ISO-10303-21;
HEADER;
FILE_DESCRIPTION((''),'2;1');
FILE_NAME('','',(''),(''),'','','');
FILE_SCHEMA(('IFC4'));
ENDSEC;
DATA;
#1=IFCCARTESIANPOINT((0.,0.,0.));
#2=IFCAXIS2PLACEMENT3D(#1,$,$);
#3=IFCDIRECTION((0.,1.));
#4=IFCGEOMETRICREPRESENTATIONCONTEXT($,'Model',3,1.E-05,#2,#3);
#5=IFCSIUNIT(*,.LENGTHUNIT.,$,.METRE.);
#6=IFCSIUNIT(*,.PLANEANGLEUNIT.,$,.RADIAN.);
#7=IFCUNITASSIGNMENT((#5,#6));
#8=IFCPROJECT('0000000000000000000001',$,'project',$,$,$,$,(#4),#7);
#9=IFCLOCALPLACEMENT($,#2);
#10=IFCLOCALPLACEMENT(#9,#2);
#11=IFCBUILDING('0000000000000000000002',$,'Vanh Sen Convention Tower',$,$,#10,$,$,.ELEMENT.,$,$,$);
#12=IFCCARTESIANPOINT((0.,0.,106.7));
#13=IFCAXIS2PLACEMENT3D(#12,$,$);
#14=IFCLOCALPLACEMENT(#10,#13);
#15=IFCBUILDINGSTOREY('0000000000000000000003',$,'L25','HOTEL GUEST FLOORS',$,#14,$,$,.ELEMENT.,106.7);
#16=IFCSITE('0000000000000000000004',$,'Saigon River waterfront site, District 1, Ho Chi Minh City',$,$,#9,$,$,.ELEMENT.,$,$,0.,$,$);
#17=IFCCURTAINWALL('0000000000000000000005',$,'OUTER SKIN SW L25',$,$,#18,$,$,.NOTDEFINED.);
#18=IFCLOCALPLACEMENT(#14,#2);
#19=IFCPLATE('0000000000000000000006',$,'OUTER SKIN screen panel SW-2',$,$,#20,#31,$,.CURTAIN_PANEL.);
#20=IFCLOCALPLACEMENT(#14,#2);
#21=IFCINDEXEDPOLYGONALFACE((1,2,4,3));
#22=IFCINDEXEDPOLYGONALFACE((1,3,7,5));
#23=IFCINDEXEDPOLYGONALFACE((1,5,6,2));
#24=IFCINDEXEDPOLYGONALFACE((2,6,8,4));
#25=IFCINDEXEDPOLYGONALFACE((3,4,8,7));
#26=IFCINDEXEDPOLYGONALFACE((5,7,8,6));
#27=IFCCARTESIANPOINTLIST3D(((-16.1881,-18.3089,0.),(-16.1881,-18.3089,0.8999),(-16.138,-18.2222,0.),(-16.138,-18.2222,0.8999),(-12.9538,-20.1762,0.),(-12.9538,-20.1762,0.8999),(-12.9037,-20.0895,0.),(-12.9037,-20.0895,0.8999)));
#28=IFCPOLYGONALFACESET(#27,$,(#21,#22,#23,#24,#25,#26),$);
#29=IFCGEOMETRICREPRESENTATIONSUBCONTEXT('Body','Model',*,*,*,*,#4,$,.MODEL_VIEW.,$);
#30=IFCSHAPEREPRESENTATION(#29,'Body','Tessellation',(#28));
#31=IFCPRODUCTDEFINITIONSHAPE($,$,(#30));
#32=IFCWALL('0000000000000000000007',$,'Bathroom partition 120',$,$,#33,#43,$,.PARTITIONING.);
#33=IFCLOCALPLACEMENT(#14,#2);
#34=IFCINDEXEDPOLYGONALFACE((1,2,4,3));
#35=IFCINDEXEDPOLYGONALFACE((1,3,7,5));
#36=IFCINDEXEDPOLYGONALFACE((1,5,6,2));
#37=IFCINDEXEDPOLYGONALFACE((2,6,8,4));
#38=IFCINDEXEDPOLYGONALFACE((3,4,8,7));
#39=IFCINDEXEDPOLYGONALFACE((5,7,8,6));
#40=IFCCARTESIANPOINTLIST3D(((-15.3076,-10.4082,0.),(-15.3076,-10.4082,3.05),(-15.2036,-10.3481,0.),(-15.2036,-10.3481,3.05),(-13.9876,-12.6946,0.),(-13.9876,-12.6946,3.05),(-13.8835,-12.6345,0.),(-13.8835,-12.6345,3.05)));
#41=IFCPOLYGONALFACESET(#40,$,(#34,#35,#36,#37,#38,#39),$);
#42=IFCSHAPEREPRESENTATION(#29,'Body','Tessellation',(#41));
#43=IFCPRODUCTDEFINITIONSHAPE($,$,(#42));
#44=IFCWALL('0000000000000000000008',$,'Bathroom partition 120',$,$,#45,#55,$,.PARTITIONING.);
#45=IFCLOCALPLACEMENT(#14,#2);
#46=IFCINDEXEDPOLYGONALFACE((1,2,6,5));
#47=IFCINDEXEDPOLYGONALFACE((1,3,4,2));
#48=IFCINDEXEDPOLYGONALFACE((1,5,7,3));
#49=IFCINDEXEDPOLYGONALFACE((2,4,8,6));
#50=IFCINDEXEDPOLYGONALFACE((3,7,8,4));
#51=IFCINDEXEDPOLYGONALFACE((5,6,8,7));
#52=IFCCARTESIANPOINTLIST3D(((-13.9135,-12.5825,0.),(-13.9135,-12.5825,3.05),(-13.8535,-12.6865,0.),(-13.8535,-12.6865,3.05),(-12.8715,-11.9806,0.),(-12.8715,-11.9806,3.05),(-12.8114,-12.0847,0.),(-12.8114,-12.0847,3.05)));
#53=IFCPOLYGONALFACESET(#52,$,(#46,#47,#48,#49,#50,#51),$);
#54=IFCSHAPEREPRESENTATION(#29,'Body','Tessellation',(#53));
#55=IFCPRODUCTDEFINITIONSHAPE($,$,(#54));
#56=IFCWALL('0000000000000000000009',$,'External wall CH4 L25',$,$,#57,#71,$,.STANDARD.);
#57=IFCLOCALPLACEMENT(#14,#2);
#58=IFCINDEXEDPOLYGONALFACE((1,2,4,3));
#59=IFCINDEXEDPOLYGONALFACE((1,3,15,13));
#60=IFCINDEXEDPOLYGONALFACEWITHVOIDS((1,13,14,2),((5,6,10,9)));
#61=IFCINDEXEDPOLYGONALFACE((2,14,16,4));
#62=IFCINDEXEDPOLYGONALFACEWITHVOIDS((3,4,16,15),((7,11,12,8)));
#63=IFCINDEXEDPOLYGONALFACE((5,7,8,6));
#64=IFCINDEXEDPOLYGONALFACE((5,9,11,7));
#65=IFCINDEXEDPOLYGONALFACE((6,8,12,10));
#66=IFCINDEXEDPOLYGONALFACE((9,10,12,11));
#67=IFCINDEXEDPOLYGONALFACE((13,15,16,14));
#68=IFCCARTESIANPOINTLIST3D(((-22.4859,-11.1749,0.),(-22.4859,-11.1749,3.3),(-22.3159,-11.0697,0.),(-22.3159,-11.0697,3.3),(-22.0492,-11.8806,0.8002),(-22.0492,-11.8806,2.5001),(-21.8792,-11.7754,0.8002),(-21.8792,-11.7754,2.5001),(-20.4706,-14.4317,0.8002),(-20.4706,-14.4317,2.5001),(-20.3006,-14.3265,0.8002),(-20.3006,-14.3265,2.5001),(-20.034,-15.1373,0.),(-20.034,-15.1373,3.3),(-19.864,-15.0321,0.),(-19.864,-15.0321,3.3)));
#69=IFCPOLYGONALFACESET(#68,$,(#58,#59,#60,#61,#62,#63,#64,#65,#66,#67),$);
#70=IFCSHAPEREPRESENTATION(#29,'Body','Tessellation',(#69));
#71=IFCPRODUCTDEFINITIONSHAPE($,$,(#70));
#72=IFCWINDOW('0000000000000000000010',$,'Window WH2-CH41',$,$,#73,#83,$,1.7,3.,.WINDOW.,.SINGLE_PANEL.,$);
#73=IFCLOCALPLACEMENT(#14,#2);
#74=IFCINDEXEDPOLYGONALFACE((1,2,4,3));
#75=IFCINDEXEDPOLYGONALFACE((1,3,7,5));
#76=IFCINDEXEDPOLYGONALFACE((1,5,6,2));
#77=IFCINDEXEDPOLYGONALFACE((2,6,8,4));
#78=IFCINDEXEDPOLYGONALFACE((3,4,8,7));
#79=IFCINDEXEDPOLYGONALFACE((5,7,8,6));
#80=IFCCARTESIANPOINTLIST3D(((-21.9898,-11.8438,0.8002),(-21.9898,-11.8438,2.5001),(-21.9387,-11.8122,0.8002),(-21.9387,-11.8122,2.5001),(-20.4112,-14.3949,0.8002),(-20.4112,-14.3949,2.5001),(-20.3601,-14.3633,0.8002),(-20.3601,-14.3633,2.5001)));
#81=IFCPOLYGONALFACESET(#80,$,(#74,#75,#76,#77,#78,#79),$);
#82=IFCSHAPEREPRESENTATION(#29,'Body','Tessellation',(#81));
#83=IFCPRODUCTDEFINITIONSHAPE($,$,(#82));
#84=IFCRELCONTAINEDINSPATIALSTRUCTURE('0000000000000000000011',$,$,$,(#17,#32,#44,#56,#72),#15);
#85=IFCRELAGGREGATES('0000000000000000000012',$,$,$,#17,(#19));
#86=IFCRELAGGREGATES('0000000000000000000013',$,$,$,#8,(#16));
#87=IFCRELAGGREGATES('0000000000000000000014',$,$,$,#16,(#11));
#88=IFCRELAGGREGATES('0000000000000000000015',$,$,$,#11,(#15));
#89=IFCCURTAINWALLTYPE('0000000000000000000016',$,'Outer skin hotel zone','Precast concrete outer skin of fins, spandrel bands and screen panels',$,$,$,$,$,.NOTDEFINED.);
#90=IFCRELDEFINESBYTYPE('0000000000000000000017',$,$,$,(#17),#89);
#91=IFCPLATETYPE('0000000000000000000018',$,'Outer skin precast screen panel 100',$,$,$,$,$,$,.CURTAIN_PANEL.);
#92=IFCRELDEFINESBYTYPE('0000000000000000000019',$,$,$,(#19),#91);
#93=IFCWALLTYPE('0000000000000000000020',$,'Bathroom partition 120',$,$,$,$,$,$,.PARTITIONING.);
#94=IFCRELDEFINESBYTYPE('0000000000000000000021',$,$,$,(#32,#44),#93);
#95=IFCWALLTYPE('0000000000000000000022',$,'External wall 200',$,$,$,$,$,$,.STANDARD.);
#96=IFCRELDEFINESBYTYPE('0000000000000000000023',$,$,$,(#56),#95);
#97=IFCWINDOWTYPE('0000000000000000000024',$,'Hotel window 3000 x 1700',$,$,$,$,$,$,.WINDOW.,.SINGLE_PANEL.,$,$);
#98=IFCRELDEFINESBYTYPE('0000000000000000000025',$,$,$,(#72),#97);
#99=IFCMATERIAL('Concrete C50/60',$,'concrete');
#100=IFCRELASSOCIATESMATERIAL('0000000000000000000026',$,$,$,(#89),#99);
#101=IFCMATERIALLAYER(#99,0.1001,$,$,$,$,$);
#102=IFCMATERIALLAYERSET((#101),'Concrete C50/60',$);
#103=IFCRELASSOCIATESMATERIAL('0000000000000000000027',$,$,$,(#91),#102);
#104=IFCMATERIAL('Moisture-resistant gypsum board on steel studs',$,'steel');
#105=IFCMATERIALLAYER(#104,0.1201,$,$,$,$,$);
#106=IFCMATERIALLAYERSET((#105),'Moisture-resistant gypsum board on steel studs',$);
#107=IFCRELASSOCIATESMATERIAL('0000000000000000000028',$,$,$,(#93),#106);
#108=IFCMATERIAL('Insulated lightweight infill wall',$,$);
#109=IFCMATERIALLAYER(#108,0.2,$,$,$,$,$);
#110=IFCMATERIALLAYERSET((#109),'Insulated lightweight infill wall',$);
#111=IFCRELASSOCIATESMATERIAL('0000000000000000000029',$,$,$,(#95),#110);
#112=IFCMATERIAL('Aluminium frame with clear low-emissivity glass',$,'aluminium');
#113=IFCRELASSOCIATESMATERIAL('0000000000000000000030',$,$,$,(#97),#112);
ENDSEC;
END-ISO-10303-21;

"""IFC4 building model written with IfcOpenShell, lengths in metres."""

from ifc_helpers import new_model, si_unit, direction, frame, frame_2d, origin, origin_2d, place, context, subcontext, project, spatial, rectangle, extrude, material, layer, layer_set, type_object, element, fill, aggregate, save


model = new_model("IFC4")

# Units and contexts
model_context = context("Model", 3, precision=1e-05, world=origin(), true_north=direction((0.0, 1.0)))
body_context = subcontext(model_context, "Body", "Model", "MODEL_VIEW")
ifc_project = project(units=[si_unit("LENGTHUNIT", "METRE"), si_unit("PLANEANGLEUNIT", "RADIAN")], contexts=[model_context])

# Site, building, storey
site_placement = place(None, origin())
site = spatial("IfcSite", under=ifc_project, at=site_placement, Name="Saigon River waterfront site, District 1, Ho Chi Minh City", CompositionType="ELEMENT", RefElevation=0.0)
building_placement = place(site_placement, origin())
building = spatial("IfcBuilding", under=site, at=building_placement, Name="Vanh Sen Convention Tower", CompositionType="ELEMENT")
storey_placement = place(building_placement, frame((0.0, 0.0, 106.7)))
storey = spatial("IfcBuildingStorey", under=building, at=storey_placement, Name="L25", Description="HOTEL GUEST FLOORS", CompositionType="ELEMENT", Elevation=106.7)

# Curtain wall
ifc_material_1 = material(Name="Concrete C50/60", Category="concrete")
curtain_wall_type = type_object("IfcCurtainWallType", Name="Outer skin hotel zone", Description="Precast concrete outer skin of fins, spandrel bands and screen panels", PredefinedType="NOTDEFINED", material=ifc_material_1)
curtain_wall_1_placement = place(storey_placement, origin())
curtain_wall_1 = element("IfcCurtainWall", 1, at=curtain_wall_1_placement, inside=storey, type_object=curtain_wall_type, Name="OUTER SKIN SW L25", PredefinedType="NOTDEFINED")

# Shared definitions
ifc_layer_1 = layer(ifc_material_1, 0.1001)
ifc_layer_set_1 = layer_set([ifc_layer_1], Name="Concrete C50/60")
plate_type = type_object("IfcPlateType", Name="Outer skin precast screen panel 100", PredefinedType="CURTAIN_PANEL", material=ifc_layer_set_1)

# Plate
plate_1_placement = place(storey_placement, frame((-14.5459, -19.1992, 0.0), z_axis=(0.0, 0.0, 1.0), x_axis=(0.866032, -0.499988, 0.0)))
plate_1 = element("IfcPlate", 2, at=plate_1_placement, type_object=plate_type, Name="OUTER SKIN screen panel SW-2", PredefinedType="CURTAIN_PANEL", context=body_context, shape_type="SweptSolid", body=[
    extrude(rectangle(XDim=3.7346, YDim=0.1001, at=origin_2d()), origin(), (0.0, 0.0, 1.0), 0.8999),
])
aggregate(curtain_wall_1, [plate_1])

# Walls
ifc_material_2 = material(Name="Moisture-resistant gypsum board on steel studs", Category="steel")
ifc_layer_2 = layer(ifc_material_2, 0.1201)
ifc_layer_set_2 = layer_set([ifc_layer_2], Name="Moisture-resistant gypsum board on steel studs")
wall_type_1 = type_object("IfcWallType", Name="Bathroom partition 120", PredefinedType="PARTITIONING", material=ifc_layer_set_2)
wall_1_placement = place(storey_placement, frame((-13.9355, -12.6646, 0.0), z_axis=(0.0, 0.0, 1.0), x_axis=(-0.500008, 0.866021, 0.0)))
element("IfcWall", 3, at=wall_1_placement, inside=storey, type_object=wall_type_1, Name="Bathroom partition 120", PredefinedType="PARTITIONING", context=body_context, shape_type="SweptSolid", body=[
    extrude(rectangle(XDim=2.6401, YDim=0.1201, at=frame_2d((1.3201, 0.0))), origin(), (0.0, 0.0, 1.0), 3.05),
])
wall_2_placement = place(storey_placement, frame((-12.8416, -12.0327, 0.0), z_axis=(0.0, 0.0, 1.0), x_axis=(-0.865949, -0.500132, 0.0)))
element("IfcWall", 4, at=wall_2_placement, inside=storey, type_object=wall_type_1, Name="Bathroom partition 120", PredefinedType="PARTITIONING", context=body_context, shape_type="SweptSolid", body=[
    extrude(rectangle(XDim=1.2034, YDim=0.1201, at=frame_2d((0.6016, 0.0))), origin(), (0.0, 0.0, 1.0), 3.05),
])

# Wall, opening, window
ifc_material_3 = material(Name="Insulated lightweight infill wall")
ifc_layer_3 = layer(ifc_material_3, 0.2)
ifc_layer_set_3 = layer_set([ifc_layer_3], Name="Insulated lightweight infill wall")
wall_type_2 = type_object("IfcWallType", Name="External wall 200", PredefinedType="STANDARD", material=ifc_layer_set_3)
wall_3_placement = place(storey_placement, frame((-22.4009, -11.1223, 0.0), z_axis=(0.0, 0.0, 1.0), x_axis=(0.526198, -0.850362, 0.0)))
wall_3 = element("IfcWall", 5, at=wall_3_placement, inside=storey, type_object=wall_type_2, Name="External wall CH4 L25", PredefinedType="STANDARD", context=body_context, shape_type="SweptSolid", body=[
    extrude(rectangle(XDim=4.6597, YDim=0.2, at=frame_2d((2.3298, 0.0))), origin(), (0.0, 0.0, 1.0), 3.3),
])
opening_1_placement = place(wall_3_placement, frame((0.8298, 0.0, 0.8)))
opening_1 = element("IfcOpeningElement", 6, at=opening_1_placement, cuts=wall_3, PredefinedType="OPENING", context=body_context, shape_type="SweptSolid", body=[
    extrude(rectangle(XDim=3.0, YDim=1.7, at=frame_2d((1.5, 0.8501))), frame((0.0, 0.1099, 0.0), z_axis=(0.0, -1.0, 0.0), x_axis=(1.0, 0.0, 0.0)), (0.0, 0.0, 1.0), 0.22),
])
ifc_material_4 = material(Name="Aluminium frame with clear low-emissivity glass", Category="aluminium")
window_type_1 = type_object("IfcWindowType", Name="Hotel window 3000 x 1700", PartitioningType="SINGLE_PANEL", PredefinedType="WINDOW", material=ifc_material_4)
window_1_placement = place(opening_1_placement, origin())
window_1 = element("IfcWindow", 7, at=window_1_placement, inside=storey, type_object=window_type_1, Name="Window WH2-CH41", OverallHeight=1.7, OverallWidth=3.0, PartitioningType="SINGLE_PANEL", PredefinedType="WINDOW", context=body_context, shape_type="SweptSolid", body=[
    extrude(rectangle(XDim=3.0, YDim=1.7, at=frame_2d((1.5, 0.8501))), frame((0.0, 0.03, 0.0), z_axis=(0.0, -1.0, 0.0), x_axis=(1.0, 0.0, 0.0)), (0.0, 0.0, 1.0), 0.0601),
])
fill(opening_1, window_1)

save(model, "model.ifc")
